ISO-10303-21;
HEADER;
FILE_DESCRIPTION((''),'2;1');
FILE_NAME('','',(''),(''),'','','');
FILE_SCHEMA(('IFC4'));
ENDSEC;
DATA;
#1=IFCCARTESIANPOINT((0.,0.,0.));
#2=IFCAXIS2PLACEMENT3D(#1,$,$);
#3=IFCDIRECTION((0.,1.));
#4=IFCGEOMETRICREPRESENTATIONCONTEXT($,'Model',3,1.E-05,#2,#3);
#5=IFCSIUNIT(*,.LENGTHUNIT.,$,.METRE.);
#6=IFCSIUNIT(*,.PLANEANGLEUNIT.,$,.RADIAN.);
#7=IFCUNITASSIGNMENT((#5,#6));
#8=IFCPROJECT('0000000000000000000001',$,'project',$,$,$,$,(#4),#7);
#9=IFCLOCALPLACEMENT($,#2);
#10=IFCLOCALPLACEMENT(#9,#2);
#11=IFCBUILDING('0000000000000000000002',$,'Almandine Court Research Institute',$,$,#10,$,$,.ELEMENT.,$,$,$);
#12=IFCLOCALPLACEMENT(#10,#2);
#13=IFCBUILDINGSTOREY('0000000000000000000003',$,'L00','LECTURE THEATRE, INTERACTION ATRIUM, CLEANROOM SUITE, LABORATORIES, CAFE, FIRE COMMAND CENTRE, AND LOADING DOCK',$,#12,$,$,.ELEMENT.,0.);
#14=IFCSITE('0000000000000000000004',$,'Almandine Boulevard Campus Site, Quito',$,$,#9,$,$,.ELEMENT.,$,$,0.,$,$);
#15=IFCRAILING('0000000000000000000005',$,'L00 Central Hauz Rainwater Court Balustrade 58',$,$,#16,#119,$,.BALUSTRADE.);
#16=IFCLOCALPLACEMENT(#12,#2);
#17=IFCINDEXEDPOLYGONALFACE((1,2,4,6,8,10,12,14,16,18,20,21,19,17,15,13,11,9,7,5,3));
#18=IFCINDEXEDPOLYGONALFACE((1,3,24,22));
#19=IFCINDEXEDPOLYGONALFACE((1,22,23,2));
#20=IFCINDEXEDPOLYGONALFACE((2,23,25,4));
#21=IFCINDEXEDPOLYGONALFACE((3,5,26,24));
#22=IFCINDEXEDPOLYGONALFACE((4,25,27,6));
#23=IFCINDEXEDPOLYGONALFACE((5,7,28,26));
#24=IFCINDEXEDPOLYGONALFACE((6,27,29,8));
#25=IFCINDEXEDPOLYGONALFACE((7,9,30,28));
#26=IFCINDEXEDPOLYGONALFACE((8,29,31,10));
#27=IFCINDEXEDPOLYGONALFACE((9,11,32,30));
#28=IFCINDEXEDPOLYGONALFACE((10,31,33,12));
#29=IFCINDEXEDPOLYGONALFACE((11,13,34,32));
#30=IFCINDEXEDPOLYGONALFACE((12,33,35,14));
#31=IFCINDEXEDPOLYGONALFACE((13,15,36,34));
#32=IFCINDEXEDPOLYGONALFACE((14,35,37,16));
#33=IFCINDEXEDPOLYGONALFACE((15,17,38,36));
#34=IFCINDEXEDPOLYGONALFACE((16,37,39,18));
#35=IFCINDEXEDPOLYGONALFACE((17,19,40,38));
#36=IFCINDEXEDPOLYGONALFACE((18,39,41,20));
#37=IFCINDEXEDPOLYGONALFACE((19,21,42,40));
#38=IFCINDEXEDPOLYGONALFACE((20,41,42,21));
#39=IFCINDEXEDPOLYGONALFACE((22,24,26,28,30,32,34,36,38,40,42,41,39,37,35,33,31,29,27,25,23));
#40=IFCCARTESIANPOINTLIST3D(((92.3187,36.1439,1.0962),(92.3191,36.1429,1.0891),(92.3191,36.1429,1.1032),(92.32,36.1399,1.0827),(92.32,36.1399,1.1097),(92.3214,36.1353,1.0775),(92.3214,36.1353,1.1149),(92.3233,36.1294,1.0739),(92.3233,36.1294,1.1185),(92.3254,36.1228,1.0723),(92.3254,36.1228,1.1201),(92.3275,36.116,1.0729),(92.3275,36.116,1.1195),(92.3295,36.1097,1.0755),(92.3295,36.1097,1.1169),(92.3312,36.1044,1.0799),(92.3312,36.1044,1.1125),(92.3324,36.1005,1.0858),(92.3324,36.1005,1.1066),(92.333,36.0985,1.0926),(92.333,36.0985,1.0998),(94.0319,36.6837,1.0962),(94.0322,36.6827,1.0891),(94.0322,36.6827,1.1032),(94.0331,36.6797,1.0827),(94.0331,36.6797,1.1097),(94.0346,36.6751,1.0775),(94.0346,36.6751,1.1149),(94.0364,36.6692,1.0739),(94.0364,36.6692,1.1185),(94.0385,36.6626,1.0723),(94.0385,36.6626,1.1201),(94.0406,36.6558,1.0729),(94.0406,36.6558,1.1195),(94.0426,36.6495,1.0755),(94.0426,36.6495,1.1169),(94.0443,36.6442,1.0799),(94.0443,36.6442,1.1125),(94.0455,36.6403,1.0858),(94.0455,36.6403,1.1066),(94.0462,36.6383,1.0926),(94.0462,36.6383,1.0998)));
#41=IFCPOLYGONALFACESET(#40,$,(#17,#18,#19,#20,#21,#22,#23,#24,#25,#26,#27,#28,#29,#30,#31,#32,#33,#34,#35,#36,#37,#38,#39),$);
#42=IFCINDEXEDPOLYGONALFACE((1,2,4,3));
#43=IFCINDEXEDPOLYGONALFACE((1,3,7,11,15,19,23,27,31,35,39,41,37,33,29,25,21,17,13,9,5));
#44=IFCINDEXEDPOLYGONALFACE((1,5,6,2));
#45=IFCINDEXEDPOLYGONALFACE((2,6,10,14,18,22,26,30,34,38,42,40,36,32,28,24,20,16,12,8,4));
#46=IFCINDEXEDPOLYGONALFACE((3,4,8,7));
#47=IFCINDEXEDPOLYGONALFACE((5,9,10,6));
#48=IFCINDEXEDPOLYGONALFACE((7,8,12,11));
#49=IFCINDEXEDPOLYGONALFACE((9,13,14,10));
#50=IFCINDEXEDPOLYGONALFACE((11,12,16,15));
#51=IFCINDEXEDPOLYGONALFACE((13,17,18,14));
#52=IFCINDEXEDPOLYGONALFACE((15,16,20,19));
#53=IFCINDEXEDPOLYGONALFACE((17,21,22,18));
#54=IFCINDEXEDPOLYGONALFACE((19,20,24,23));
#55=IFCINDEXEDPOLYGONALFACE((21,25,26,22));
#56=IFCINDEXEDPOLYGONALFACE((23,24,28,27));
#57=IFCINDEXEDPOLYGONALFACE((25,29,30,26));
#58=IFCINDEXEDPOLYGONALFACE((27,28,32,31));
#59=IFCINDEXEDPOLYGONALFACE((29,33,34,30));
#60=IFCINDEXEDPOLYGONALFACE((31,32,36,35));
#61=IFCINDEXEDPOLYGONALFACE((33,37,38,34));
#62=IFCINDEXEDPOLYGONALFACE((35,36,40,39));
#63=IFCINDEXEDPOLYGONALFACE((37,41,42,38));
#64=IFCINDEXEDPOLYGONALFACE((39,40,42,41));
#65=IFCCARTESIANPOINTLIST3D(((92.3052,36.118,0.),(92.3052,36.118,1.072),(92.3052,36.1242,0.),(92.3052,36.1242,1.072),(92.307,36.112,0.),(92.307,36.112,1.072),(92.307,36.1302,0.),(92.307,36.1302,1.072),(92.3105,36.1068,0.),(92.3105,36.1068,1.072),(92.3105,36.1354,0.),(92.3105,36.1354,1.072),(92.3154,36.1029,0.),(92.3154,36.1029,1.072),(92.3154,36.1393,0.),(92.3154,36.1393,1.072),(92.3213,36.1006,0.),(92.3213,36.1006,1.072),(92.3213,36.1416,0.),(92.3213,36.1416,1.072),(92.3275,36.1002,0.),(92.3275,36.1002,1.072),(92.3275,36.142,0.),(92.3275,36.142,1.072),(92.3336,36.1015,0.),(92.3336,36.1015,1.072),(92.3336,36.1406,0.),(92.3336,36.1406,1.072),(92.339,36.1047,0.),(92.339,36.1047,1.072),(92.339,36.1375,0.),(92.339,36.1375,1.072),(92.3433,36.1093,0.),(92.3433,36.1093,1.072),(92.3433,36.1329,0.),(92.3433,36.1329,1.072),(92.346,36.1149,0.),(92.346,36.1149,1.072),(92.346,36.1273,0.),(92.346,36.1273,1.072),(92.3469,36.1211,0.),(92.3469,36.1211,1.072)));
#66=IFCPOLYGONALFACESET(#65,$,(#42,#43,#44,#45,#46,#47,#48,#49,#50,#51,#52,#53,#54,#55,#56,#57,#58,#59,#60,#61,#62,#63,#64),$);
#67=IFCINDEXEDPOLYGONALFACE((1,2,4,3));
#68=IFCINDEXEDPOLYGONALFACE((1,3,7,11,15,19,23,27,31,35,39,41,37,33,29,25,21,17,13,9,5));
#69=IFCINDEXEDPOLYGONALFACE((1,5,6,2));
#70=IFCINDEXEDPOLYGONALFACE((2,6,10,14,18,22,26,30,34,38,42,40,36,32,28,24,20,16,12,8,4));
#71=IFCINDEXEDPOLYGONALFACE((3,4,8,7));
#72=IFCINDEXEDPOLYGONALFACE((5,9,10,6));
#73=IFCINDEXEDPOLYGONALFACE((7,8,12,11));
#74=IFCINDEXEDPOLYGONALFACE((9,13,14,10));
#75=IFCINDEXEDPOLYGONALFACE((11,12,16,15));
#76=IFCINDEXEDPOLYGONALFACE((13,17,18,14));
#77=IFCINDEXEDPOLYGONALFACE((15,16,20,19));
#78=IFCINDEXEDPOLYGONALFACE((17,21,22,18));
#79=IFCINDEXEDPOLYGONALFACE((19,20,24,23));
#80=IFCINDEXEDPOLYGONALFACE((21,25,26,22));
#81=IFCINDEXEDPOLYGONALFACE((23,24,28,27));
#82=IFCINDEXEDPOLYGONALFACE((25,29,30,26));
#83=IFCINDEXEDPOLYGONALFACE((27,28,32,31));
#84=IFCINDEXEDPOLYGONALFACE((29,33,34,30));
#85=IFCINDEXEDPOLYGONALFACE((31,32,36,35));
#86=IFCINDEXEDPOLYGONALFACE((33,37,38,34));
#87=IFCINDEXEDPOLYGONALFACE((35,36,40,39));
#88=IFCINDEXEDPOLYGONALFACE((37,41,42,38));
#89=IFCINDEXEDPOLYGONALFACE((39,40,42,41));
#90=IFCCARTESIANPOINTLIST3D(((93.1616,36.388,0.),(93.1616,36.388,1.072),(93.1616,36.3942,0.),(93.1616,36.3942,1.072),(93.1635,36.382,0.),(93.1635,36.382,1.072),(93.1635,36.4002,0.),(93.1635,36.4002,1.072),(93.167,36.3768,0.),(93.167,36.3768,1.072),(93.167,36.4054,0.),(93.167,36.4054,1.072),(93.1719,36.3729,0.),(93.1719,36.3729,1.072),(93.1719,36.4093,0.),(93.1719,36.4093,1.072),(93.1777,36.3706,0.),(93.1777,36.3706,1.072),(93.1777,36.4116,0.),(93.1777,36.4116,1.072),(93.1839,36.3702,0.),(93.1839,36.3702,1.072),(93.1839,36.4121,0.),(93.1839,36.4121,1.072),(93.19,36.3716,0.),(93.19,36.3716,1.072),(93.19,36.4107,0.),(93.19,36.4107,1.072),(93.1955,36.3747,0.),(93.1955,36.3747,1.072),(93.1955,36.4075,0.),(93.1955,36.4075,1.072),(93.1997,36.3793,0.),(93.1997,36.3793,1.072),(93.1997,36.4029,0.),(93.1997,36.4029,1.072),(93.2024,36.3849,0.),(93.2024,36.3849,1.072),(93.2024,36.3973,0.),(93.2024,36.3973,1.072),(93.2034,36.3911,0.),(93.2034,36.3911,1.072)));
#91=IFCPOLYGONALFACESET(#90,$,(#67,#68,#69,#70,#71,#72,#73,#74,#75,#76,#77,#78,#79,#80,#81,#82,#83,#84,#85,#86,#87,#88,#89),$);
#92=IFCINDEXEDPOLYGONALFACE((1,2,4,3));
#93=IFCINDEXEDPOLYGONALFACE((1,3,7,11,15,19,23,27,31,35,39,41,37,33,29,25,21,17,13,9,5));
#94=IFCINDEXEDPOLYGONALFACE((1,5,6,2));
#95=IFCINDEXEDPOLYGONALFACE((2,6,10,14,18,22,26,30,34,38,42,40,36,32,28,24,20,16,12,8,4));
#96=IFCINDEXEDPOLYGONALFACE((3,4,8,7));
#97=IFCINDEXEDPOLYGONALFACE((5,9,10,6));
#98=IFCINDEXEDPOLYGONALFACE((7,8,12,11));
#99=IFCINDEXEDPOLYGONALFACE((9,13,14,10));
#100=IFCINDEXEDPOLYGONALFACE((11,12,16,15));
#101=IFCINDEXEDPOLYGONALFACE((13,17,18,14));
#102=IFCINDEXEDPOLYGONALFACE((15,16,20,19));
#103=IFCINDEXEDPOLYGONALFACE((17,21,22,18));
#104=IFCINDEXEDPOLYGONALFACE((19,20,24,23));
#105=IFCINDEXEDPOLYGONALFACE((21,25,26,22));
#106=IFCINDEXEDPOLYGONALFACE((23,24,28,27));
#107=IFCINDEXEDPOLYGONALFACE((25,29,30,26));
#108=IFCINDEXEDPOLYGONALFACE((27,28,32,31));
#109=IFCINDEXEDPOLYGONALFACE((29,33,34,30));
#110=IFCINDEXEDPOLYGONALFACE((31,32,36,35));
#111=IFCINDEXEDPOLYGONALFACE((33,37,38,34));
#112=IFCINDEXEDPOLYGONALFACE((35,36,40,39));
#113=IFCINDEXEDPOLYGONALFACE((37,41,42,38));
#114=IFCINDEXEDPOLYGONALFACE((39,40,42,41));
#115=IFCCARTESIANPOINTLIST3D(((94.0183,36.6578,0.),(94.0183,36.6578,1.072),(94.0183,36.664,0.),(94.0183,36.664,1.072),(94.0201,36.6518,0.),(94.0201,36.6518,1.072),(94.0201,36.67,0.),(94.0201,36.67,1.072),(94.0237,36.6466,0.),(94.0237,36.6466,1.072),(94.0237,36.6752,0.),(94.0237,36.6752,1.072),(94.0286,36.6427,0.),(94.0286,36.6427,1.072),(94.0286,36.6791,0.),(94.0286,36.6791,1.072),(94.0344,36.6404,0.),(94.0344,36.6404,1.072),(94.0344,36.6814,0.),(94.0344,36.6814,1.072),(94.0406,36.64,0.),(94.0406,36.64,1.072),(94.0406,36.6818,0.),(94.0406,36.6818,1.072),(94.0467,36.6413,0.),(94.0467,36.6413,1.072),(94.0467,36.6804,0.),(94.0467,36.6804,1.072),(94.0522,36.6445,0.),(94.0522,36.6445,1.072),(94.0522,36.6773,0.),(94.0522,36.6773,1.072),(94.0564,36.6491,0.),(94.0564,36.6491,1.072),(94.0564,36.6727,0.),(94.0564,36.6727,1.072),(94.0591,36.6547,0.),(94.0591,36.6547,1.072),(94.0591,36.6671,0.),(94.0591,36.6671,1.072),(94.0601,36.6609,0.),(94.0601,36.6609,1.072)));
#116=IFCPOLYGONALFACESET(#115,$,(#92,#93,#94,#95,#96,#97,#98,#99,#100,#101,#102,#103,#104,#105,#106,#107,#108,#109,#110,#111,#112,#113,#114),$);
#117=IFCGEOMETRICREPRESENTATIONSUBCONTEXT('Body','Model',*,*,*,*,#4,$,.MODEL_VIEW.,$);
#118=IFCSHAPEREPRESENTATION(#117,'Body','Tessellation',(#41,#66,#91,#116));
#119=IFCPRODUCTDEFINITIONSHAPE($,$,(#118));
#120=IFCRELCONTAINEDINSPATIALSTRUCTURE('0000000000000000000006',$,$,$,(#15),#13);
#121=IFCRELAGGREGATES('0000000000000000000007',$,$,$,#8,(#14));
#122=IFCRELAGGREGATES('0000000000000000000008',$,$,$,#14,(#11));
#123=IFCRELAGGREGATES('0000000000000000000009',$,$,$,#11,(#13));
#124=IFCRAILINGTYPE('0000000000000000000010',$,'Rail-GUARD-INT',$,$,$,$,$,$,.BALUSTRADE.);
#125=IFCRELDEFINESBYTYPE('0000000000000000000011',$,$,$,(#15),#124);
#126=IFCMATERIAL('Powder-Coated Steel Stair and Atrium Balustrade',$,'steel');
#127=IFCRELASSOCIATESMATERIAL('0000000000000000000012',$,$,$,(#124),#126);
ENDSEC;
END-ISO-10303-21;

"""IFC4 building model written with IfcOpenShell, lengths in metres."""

from ifc_helpers import new_model, si_unit, direction, frame, origin, origin_2d, place, context, subcontext, project, spatial, circle, extrude, material, type_object, element, save


model = new_model("IFC4")

# Units and contexts
model_context = context("Model", 3, precision=1e-05, world=origin(), true_north=direction((0.0, 1.0)))
body_context = subcontext(model_context, "Body", "Model", "MODEL_VIEW")
ifc_project = project(units=[si_unit("LENGTHUNIT", "METRE"), si_unit("PLANEANGLEUNIT", "RADIAN")], contexts=[model_context])

# Site, building, storey
site_placement = place(None, origin())
site = spatial("IfcSite", under=ifc_project, at=site_placement, Name="Almandine Boulevard Campus Site, Quito", CompositionType="ELEMENT", RefElevation=0.0)
building_placement = place(site_placement, origin())
building = spatial("IfcBuilding", under=site, at=building_placement, Name="Almandine Court Research Institute", CompositionType="ELEMENT")
storey_placement = place(building_placement, origin())
storey = spatial("IfcBuildingStorey", under=building, at=storey_placement, Name="L00", Description="LECTURE THEATRE, INTERACTION ATRIUM, CLEANROOM SUITE, LABORATORIES, CAFE, FIRE COMMAND CENTRE, AND LOADING DOCK", CompositionType="ELEMENT", Elevation=0.0)

# Railing
ifc_material_1 = material(Name="Powder-Coated Steel Stair and Atrium Balustrade", Category="steel")
railing_type = type_object("IfcRailingType", Name="Rail-GUARD-INT", PredefinedType="BALUSTRADE", material=ifc_material_1)
railing_1_placement = place(storey_placement, frame((92.3259, 36.1211, 0.0)))
element("IfcRailing", 1, at=railing_1_placement, inside=storey, type_object=railing_type, Name="L00 Central Hauz Rainwater Court Balustrade 58", PredefinedType="BALUSTRADE", context=body_context, shape_type="SweptSolid", body=[
    extrude(circle(Radius=0.0239, at=origin_2d()), frame((0.0, 0.0, 1.0962), z_axis=(0.953774, 0.300526, 0.0), x_axis=(-0.300526, 0.953774, 0.0)), (0.0, 0.0, 1.0), 1.7961),
    extrude(circle(Radius=0.021, at=origin_2d()), origin(), (0.0, 0.0, 1.0), 1.072),
    extrude(circle(Radius=0.021, at=origin_2d()), frame((0.8564, 0.27, 0.0)), (0.0, 0.0, 1.0), 1.072),
    extrude(circle(Radius=0.021, at=origin_2d()), frame((1.7131, 0.5398, 0.0)), (0.0, 0.0, 1.0), 1.072),
])

save(model, "model.ifc")
